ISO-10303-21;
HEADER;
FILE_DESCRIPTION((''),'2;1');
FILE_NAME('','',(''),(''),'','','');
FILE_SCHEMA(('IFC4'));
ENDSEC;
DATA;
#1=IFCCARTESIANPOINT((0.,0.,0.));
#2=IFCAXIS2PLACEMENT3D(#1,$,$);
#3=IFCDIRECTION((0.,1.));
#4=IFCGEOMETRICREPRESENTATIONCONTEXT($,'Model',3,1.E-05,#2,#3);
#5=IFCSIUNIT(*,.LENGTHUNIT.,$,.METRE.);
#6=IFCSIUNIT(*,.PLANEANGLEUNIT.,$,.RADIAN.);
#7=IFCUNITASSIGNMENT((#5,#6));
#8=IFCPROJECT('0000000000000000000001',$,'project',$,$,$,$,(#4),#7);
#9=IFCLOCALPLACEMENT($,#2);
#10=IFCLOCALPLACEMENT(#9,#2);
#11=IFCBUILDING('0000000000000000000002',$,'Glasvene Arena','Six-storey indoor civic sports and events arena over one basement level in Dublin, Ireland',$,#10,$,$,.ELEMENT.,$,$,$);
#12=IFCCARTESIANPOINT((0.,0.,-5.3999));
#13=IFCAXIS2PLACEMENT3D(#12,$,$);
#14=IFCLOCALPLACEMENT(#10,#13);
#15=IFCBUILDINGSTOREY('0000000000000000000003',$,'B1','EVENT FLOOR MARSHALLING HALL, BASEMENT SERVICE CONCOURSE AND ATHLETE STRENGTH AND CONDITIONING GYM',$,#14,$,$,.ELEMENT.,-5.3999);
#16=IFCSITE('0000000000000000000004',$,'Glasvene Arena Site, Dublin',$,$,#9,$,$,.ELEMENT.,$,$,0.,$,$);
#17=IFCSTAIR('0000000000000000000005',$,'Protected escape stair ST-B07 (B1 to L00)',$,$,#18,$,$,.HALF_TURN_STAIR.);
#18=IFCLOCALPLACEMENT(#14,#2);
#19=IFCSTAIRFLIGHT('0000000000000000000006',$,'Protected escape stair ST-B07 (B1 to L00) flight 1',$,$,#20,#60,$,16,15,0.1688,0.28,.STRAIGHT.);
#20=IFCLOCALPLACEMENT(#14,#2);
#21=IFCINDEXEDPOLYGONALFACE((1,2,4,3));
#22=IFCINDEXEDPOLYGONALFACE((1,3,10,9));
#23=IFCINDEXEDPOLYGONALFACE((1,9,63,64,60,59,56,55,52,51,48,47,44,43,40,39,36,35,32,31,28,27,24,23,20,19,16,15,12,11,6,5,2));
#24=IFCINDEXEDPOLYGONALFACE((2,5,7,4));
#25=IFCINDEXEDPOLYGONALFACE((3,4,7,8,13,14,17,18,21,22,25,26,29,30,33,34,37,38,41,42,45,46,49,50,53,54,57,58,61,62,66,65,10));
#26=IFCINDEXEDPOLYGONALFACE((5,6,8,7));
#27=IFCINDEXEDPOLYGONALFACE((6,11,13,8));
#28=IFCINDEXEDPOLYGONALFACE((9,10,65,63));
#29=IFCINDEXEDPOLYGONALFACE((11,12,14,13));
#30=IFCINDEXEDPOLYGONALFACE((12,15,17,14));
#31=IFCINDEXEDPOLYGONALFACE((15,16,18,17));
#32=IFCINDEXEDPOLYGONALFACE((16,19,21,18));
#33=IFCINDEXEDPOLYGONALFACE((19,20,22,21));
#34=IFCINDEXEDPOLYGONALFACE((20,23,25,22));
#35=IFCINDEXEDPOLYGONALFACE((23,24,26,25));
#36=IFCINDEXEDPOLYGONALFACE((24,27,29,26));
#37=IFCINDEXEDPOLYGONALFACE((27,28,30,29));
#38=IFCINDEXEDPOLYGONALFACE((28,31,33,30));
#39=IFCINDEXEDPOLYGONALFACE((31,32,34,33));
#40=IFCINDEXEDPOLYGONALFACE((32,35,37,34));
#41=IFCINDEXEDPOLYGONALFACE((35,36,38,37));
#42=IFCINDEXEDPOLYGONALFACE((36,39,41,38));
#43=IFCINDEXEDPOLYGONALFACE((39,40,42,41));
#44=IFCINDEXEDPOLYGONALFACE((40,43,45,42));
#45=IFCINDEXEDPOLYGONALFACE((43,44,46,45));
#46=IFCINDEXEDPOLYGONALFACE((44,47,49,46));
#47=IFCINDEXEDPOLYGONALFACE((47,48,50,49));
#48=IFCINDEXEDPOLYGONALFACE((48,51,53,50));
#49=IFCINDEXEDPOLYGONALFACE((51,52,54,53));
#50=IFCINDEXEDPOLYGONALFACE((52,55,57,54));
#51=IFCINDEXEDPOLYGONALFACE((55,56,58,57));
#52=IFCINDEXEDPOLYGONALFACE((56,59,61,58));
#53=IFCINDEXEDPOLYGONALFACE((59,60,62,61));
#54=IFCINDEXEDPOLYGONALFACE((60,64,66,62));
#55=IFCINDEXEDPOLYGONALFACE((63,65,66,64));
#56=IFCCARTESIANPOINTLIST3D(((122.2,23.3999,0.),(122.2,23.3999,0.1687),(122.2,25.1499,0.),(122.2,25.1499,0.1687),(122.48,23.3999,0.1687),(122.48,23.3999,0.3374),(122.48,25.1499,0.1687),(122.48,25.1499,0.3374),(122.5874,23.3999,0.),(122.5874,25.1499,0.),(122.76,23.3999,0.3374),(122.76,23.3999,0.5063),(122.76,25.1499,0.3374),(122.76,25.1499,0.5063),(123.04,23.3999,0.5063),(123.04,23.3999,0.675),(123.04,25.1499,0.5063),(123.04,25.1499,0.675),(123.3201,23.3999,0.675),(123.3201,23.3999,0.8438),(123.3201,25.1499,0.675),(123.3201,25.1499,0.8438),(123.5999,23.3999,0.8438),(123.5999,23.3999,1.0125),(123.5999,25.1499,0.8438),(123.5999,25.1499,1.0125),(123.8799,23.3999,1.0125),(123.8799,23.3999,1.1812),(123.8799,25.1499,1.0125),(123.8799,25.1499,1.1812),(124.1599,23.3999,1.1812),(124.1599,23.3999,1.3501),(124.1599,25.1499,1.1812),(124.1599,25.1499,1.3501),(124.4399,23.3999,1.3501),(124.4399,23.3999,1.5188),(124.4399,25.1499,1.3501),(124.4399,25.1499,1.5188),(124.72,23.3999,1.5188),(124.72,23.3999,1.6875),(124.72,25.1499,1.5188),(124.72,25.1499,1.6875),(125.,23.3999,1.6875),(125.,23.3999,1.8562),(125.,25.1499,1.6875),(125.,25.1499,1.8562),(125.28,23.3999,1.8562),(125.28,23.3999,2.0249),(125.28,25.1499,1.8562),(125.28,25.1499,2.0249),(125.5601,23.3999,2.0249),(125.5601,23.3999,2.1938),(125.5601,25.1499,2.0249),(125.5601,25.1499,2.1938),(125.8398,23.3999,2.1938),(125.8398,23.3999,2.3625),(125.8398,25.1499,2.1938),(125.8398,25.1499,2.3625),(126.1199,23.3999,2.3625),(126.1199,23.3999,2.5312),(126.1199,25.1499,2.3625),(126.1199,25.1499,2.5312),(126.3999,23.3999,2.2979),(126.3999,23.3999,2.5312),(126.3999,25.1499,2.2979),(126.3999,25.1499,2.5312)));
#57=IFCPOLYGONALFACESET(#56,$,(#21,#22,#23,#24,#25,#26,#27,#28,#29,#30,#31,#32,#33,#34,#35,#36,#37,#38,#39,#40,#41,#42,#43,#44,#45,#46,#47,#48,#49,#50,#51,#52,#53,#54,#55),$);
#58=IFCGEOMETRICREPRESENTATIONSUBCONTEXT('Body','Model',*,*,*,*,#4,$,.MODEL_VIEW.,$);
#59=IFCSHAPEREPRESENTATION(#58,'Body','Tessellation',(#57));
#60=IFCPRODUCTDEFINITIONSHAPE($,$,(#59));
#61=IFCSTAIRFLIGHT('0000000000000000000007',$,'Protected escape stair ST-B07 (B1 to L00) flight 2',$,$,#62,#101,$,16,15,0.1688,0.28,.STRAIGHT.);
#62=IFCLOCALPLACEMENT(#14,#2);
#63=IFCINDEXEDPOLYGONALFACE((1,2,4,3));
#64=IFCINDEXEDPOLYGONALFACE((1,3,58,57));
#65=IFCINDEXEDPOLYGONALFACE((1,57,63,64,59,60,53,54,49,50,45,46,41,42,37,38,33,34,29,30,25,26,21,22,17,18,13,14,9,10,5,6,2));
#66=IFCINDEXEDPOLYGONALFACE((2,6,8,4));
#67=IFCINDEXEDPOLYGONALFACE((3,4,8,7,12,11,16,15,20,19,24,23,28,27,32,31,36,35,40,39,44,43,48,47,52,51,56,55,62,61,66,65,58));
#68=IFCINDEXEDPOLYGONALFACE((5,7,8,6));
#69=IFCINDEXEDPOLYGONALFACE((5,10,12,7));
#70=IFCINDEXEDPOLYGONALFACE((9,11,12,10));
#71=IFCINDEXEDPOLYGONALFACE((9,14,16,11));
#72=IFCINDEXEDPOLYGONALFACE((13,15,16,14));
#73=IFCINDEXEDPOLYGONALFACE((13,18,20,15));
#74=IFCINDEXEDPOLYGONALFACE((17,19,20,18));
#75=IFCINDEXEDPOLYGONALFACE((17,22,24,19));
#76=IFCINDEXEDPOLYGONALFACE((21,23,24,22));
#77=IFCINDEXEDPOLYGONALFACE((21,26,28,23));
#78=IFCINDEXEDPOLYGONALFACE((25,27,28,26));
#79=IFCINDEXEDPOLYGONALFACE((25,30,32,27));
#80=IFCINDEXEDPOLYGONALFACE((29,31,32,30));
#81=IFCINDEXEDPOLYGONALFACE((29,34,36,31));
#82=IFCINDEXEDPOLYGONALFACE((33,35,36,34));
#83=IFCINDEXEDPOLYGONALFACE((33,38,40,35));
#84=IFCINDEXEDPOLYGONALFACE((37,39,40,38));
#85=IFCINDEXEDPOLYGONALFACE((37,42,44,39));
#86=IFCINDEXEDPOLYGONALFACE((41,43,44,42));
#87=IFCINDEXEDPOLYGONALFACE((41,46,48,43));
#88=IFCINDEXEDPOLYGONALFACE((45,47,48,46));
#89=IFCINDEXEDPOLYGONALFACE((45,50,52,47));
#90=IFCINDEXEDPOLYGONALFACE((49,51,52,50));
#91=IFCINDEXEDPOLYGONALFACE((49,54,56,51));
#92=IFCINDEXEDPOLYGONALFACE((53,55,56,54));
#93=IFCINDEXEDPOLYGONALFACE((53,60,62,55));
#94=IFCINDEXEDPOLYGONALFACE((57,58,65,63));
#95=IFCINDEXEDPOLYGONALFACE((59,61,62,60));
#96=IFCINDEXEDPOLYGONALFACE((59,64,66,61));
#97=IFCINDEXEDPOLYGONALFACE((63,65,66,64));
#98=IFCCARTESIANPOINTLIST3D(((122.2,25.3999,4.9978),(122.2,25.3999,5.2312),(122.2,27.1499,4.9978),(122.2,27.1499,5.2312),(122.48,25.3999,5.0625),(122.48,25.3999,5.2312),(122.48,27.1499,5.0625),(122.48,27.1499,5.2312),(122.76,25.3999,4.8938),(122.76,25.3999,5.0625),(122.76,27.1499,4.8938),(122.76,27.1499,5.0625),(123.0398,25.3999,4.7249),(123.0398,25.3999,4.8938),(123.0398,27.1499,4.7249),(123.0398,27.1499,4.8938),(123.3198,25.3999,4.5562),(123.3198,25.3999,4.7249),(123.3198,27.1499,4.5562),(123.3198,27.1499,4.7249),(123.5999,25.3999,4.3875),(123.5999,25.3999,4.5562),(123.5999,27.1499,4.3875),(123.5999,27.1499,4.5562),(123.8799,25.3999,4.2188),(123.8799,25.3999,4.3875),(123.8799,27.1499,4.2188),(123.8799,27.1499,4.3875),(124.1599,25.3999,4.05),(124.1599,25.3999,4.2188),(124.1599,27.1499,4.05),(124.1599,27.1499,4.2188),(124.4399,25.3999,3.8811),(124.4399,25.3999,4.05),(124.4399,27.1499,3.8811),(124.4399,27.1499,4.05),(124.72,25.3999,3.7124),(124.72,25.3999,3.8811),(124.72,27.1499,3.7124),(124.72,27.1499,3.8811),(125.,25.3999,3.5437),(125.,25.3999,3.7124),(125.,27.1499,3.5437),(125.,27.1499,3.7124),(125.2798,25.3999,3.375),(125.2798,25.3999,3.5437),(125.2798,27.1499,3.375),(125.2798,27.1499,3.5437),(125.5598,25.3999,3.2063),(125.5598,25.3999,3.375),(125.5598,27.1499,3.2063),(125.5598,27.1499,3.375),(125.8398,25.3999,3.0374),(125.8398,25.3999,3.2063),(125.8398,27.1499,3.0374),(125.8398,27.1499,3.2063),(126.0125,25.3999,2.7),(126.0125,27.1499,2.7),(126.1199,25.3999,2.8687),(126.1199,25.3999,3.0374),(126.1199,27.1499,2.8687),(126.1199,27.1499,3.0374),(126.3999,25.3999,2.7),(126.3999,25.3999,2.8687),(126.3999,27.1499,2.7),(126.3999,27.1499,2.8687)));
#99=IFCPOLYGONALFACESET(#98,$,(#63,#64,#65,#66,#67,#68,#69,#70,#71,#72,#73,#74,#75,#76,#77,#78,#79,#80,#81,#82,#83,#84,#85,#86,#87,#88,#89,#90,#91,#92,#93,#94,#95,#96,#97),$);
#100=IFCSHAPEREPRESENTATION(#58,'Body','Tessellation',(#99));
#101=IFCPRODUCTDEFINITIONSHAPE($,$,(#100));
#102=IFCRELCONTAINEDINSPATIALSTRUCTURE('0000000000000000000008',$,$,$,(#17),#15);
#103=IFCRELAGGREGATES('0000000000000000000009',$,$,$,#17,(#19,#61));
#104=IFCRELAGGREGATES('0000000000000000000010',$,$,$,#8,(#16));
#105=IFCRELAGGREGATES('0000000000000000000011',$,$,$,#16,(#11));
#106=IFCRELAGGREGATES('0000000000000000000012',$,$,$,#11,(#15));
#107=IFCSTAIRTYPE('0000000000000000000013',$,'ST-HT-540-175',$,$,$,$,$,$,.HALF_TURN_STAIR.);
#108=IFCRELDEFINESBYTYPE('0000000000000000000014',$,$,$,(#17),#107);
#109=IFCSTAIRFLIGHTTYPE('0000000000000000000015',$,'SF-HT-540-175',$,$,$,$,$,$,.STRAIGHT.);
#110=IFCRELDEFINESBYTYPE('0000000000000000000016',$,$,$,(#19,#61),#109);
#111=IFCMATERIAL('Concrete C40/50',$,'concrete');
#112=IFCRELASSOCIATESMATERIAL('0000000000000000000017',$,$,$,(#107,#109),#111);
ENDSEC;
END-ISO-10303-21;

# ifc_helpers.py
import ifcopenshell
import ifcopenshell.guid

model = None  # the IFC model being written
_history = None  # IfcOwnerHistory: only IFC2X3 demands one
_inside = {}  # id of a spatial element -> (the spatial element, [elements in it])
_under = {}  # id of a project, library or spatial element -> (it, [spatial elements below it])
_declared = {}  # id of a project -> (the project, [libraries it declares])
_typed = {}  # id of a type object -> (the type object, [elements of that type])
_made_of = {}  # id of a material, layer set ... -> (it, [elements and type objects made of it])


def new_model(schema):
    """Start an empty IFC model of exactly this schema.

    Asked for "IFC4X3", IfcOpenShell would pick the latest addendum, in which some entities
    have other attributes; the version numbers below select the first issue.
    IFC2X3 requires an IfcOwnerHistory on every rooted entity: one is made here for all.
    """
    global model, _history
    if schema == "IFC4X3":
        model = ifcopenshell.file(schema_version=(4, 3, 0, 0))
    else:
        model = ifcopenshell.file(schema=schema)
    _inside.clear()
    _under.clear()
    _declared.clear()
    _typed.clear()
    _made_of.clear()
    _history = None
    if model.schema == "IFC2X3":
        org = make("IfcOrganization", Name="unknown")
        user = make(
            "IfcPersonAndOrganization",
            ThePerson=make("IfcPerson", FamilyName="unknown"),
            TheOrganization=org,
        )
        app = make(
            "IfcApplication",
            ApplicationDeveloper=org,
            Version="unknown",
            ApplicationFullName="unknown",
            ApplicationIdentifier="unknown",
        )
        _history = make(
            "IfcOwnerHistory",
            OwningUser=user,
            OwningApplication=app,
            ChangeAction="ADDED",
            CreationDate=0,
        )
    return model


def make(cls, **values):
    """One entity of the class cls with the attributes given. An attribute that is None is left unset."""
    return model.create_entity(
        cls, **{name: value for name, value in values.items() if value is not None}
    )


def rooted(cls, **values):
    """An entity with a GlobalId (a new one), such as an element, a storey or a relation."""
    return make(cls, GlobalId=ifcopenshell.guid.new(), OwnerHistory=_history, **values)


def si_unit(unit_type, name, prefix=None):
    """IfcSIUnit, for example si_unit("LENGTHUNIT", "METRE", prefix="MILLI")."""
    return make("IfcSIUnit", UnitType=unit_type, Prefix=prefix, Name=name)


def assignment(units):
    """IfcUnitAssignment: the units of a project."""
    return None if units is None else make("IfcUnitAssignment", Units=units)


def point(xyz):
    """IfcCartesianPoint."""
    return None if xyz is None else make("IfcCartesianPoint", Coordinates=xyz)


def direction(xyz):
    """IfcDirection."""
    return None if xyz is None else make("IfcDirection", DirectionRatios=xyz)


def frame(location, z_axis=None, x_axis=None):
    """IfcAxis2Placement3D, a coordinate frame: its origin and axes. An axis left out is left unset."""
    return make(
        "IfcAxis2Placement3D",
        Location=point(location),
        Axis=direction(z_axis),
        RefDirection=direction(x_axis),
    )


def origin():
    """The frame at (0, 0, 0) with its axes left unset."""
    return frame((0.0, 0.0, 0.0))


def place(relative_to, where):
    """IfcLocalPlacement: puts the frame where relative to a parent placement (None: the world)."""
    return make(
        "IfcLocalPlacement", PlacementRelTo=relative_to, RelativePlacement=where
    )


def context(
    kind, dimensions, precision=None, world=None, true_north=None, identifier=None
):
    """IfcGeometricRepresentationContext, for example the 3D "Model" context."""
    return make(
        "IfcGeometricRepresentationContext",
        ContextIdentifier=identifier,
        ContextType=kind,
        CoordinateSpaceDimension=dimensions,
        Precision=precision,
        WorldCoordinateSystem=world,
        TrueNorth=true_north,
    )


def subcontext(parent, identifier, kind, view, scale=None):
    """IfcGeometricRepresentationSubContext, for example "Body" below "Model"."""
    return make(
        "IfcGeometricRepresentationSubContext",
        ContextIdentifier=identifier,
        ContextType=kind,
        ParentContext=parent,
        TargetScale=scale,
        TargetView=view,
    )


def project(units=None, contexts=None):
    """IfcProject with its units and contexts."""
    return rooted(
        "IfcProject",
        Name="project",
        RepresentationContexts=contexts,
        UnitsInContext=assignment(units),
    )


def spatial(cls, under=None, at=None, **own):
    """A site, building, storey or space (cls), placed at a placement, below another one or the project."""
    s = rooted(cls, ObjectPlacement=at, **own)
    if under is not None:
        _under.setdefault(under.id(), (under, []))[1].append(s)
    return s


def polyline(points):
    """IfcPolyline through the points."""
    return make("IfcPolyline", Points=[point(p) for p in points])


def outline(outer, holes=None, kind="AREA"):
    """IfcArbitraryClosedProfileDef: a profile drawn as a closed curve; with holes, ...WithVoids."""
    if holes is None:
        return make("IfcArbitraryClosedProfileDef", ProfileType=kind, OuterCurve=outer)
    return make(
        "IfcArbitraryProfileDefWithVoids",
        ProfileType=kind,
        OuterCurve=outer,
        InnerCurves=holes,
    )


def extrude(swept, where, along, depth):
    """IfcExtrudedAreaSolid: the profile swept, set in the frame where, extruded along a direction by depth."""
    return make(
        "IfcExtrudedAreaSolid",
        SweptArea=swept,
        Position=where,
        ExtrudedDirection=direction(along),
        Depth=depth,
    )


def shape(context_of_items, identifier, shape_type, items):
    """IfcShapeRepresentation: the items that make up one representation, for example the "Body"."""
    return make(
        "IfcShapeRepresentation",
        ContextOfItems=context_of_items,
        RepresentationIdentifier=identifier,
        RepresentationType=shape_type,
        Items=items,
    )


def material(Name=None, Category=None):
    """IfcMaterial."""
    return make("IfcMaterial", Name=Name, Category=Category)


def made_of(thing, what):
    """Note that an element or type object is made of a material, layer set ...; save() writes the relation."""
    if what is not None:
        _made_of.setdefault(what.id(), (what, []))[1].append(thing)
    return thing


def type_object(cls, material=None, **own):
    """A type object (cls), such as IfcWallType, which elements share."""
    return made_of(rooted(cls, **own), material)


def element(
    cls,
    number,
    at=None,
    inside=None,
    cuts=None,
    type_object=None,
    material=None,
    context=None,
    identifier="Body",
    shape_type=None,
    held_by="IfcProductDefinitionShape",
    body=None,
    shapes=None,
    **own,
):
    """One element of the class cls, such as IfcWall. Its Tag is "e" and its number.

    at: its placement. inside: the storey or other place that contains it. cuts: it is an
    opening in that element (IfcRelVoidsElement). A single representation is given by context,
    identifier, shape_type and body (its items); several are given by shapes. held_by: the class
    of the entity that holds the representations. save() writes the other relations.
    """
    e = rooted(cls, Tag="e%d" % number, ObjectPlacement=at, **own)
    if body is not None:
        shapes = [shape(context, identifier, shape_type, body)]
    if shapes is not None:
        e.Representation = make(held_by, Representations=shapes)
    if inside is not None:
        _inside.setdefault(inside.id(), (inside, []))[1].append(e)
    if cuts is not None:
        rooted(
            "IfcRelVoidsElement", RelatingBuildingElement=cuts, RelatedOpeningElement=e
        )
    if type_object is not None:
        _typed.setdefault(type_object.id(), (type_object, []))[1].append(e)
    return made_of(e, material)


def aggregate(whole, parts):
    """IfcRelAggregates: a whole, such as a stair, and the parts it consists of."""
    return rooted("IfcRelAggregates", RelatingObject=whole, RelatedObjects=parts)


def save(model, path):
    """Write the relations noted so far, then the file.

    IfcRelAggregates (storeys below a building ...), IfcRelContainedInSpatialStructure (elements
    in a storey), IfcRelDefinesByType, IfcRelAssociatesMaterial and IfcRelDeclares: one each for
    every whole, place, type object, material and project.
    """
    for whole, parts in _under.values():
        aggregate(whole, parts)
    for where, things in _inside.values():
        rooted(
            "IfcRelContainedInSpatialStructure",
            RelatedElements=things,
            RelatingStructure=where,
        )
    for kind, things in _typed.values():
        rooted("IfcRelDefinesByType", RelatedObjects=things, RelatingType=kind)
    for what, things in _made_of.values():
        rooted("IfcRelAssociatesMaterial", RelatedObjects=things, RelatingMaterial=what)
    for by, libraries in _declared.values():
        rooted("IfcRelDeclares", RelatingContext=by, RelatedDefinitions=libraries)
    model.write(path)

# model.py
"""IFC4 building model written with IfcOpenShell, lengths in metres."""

from ifc_helpers import new_model, si_unit, direction, frame, origin, place, context, subcontext, project, spatial, polyline, outline, extrude, material, type_object, element, aggregate, save


model = new_model("IFC4")

# Units and contexts
model_context = context("Model", 3, precision=1e-05, world=origin(), true_north=direction((0.0, 1.0)))
body_context = subcontext(model_context, "Body", "Model", "MODEL_VIEW")
ifc_project = project(units=[si_unit("LENGTHUNIT", "METRE"), si_unit("PLANEANGLEUNIT", "RADIAN")], contexts=[model_context])

# Site, building, storey
site_placement = place(None, origin())
site = spatial("IfcSite", under=ifc_project, at=site_placement, Name="Glasvene Arena Site, Dublin", CompositionType="ELEMENT", RefElevation=0.0)
building_placement = place(site_placement, origin())
building = spatial("IfcBuilding", under=site, at=building_placement, Name="Glasvene Arena", Description="Six-storey indoor civic sports and events arena over one basement level in Dublin, Ireland", CompositionType="ELEMENT")
storey_placement = place(building_placement, frame((0.0, 0.0, -5.3999)))
storey = spatial("IfcBuildingStorey", under=building, at=storey_placement, Name="B1", Description="EVENT FLOOR MARSHALLING HALL, BASEMENT SERVICE CONCOURSE AND ATHLETE STRENGTH AND CONDITIONING GYM", CompositionType="ELEMENT", Elevation=-5.3999)

# Shared definitions
ifc_material_1 = material(Name="Concrete C40/50", Category="concrete")

# Stair
stair_type = type_object("IfcStairType", Name="ST-HT-540-175", PredefinedType="HALF_TURN_STAIR", material=ifc_material_1)
stair_placement = place(storey_placement, origin())
stair = element("IfcStair", 1, at=stair_placement, inside=storey, type_object=stair_type, Name="Protected escape stair ST-B07 (B1 to L00)", PredefinedType="HALF_TURN_STAIR")

# Stair flights
stair_flight_type = type_object("IfcStairFlightType", Name="SF-HT-540-175", PredefinedType="STRAIGHT", material=ifc_material_1)
stair_flight_1_placement = place(storey_placement, frame((122.2, 24.2749, 0.0), z_axis=(0.0, 0.0, 1.0), x_axis=(1.0, 0.0, 0.0)))
stair_flight_1 = element("IfcStairFlight", 2, at=stair_flight_1_placement, type_object=stair_flight_type, Name="Protected escape stair ST-B07 (B1 to L00) flight 1", NumberOfRisers=16, NumberOfTreads=15, PredefinedType="STRAIGHT", RiserHeight=0.1688, TreadLength=0.28, context=body_context, shape_type="SweptSolid", body=[
    extrude(outline(polyline([(0.0, 0.0), (0.0, 0.1687), (0.28, 0.1687), (0.28, 0.3374), (0.5601, 0.3374), (0.5601, 0.5063), (0.8401, 0.5063), (0.8401, 0.675), (1.1201, 0.675), (1.1201, 0.8438), (1.3999, 0.8438), (1.3999, 1.0125), (1.6799, 1.0125), (1.6799, 1.1812), (1.96, 1.1812), (1.96, 1.3501), (2.24, 1.3501), (2.24, 1.5188), (2.52, 1.5188), (2.52, 1.6875), (2.8, 1.6875), (2.8, 1.8562), (3.0801, 1.8562), (3.0801, 2.0249), (3.3601, 2.0249), (3.3601, 2.1938), (3.6399, 2.1938), (3.6399, 2.3625), (3.9199, 2.3625), (3.9199, 2.5312), (4.2, 2.5312), (4.2, 2.7), (4.2, 2.2979), (0.3875, 0.0), (0.0, 0.0)])), frame((0.0, 0.875, 0.0), z_axis=(0.0, -1.0, 0.0), x_axis=(1.0, 0.0, 0.0)), (0.0, 0.0, 1.0), 1.75),
])
stair_flight_2_placement = place(storey_placement, frame((126.3999, 26.2749, 2.7), z_axis=(0.0, 0.0, 1.0), x_axis=(-1.0, 0.0, 0.0)))
stair_flight_2 = element("IfcStairFlight", 3, at=stair_flight_2_placement, type_object=stair_flight_type, Name="Protected escape stair ST-B07 (B1 to L00) flight 2", NumberOfRisers=16, NumberOfTreads=15, PredefinedType="STRAIGHT", RiserHeight=0.1688, TreadLength=0.28, context=body_context, shape_type="SweptSolid", body=[
    extrude(outline(polyline([(0.0, 0.0), (0.0, 0.1687), (0.28, 0.1687), (0.28, 0.3374), (0.5601, 0.3374), (0.5601, 0.5063), (0.8401, 0.5063), (0.8401, 0.675), (1.1201, 0.675), (1.1201, 0.8438), (1.3999, 0.8438), (1.3999, 1.0125), (1.6799, 1.0125), (1.6799, 1.1812), (1.96, 1.1812), (1.96, 1.3501), (2.24, 1.3501), (2.24, 1.5188), (2.52, 1.5188), (2.52, 1.6875), (2.8, 1.6875), (2.8, 1.8562), (3.0801, 1.8562), (3.0801, 2.0249), (3.3601, 2.0249), (3.3601, 2.1938), (3.6399, 2.1938), (3.6399, 2.3625), (3.9199, 2.3625), (3.9199, 2.5312), (4.2, 2.5312), (4.2, 2.7), (4.2, 2.2979), (0.3875, 0.0), (0.0, 0.0)])), frame((0.0, 0.875, 0.0), z_axis=(0.0, -1.0, 0.0), x_axis=(1.0, 0.0, 0.0)), (0.0, 0.0, 1.0), 1.75),
])
aggregate(stair, [stair_flight_1, stair_flight_2])

save(model, "model.ifc")
